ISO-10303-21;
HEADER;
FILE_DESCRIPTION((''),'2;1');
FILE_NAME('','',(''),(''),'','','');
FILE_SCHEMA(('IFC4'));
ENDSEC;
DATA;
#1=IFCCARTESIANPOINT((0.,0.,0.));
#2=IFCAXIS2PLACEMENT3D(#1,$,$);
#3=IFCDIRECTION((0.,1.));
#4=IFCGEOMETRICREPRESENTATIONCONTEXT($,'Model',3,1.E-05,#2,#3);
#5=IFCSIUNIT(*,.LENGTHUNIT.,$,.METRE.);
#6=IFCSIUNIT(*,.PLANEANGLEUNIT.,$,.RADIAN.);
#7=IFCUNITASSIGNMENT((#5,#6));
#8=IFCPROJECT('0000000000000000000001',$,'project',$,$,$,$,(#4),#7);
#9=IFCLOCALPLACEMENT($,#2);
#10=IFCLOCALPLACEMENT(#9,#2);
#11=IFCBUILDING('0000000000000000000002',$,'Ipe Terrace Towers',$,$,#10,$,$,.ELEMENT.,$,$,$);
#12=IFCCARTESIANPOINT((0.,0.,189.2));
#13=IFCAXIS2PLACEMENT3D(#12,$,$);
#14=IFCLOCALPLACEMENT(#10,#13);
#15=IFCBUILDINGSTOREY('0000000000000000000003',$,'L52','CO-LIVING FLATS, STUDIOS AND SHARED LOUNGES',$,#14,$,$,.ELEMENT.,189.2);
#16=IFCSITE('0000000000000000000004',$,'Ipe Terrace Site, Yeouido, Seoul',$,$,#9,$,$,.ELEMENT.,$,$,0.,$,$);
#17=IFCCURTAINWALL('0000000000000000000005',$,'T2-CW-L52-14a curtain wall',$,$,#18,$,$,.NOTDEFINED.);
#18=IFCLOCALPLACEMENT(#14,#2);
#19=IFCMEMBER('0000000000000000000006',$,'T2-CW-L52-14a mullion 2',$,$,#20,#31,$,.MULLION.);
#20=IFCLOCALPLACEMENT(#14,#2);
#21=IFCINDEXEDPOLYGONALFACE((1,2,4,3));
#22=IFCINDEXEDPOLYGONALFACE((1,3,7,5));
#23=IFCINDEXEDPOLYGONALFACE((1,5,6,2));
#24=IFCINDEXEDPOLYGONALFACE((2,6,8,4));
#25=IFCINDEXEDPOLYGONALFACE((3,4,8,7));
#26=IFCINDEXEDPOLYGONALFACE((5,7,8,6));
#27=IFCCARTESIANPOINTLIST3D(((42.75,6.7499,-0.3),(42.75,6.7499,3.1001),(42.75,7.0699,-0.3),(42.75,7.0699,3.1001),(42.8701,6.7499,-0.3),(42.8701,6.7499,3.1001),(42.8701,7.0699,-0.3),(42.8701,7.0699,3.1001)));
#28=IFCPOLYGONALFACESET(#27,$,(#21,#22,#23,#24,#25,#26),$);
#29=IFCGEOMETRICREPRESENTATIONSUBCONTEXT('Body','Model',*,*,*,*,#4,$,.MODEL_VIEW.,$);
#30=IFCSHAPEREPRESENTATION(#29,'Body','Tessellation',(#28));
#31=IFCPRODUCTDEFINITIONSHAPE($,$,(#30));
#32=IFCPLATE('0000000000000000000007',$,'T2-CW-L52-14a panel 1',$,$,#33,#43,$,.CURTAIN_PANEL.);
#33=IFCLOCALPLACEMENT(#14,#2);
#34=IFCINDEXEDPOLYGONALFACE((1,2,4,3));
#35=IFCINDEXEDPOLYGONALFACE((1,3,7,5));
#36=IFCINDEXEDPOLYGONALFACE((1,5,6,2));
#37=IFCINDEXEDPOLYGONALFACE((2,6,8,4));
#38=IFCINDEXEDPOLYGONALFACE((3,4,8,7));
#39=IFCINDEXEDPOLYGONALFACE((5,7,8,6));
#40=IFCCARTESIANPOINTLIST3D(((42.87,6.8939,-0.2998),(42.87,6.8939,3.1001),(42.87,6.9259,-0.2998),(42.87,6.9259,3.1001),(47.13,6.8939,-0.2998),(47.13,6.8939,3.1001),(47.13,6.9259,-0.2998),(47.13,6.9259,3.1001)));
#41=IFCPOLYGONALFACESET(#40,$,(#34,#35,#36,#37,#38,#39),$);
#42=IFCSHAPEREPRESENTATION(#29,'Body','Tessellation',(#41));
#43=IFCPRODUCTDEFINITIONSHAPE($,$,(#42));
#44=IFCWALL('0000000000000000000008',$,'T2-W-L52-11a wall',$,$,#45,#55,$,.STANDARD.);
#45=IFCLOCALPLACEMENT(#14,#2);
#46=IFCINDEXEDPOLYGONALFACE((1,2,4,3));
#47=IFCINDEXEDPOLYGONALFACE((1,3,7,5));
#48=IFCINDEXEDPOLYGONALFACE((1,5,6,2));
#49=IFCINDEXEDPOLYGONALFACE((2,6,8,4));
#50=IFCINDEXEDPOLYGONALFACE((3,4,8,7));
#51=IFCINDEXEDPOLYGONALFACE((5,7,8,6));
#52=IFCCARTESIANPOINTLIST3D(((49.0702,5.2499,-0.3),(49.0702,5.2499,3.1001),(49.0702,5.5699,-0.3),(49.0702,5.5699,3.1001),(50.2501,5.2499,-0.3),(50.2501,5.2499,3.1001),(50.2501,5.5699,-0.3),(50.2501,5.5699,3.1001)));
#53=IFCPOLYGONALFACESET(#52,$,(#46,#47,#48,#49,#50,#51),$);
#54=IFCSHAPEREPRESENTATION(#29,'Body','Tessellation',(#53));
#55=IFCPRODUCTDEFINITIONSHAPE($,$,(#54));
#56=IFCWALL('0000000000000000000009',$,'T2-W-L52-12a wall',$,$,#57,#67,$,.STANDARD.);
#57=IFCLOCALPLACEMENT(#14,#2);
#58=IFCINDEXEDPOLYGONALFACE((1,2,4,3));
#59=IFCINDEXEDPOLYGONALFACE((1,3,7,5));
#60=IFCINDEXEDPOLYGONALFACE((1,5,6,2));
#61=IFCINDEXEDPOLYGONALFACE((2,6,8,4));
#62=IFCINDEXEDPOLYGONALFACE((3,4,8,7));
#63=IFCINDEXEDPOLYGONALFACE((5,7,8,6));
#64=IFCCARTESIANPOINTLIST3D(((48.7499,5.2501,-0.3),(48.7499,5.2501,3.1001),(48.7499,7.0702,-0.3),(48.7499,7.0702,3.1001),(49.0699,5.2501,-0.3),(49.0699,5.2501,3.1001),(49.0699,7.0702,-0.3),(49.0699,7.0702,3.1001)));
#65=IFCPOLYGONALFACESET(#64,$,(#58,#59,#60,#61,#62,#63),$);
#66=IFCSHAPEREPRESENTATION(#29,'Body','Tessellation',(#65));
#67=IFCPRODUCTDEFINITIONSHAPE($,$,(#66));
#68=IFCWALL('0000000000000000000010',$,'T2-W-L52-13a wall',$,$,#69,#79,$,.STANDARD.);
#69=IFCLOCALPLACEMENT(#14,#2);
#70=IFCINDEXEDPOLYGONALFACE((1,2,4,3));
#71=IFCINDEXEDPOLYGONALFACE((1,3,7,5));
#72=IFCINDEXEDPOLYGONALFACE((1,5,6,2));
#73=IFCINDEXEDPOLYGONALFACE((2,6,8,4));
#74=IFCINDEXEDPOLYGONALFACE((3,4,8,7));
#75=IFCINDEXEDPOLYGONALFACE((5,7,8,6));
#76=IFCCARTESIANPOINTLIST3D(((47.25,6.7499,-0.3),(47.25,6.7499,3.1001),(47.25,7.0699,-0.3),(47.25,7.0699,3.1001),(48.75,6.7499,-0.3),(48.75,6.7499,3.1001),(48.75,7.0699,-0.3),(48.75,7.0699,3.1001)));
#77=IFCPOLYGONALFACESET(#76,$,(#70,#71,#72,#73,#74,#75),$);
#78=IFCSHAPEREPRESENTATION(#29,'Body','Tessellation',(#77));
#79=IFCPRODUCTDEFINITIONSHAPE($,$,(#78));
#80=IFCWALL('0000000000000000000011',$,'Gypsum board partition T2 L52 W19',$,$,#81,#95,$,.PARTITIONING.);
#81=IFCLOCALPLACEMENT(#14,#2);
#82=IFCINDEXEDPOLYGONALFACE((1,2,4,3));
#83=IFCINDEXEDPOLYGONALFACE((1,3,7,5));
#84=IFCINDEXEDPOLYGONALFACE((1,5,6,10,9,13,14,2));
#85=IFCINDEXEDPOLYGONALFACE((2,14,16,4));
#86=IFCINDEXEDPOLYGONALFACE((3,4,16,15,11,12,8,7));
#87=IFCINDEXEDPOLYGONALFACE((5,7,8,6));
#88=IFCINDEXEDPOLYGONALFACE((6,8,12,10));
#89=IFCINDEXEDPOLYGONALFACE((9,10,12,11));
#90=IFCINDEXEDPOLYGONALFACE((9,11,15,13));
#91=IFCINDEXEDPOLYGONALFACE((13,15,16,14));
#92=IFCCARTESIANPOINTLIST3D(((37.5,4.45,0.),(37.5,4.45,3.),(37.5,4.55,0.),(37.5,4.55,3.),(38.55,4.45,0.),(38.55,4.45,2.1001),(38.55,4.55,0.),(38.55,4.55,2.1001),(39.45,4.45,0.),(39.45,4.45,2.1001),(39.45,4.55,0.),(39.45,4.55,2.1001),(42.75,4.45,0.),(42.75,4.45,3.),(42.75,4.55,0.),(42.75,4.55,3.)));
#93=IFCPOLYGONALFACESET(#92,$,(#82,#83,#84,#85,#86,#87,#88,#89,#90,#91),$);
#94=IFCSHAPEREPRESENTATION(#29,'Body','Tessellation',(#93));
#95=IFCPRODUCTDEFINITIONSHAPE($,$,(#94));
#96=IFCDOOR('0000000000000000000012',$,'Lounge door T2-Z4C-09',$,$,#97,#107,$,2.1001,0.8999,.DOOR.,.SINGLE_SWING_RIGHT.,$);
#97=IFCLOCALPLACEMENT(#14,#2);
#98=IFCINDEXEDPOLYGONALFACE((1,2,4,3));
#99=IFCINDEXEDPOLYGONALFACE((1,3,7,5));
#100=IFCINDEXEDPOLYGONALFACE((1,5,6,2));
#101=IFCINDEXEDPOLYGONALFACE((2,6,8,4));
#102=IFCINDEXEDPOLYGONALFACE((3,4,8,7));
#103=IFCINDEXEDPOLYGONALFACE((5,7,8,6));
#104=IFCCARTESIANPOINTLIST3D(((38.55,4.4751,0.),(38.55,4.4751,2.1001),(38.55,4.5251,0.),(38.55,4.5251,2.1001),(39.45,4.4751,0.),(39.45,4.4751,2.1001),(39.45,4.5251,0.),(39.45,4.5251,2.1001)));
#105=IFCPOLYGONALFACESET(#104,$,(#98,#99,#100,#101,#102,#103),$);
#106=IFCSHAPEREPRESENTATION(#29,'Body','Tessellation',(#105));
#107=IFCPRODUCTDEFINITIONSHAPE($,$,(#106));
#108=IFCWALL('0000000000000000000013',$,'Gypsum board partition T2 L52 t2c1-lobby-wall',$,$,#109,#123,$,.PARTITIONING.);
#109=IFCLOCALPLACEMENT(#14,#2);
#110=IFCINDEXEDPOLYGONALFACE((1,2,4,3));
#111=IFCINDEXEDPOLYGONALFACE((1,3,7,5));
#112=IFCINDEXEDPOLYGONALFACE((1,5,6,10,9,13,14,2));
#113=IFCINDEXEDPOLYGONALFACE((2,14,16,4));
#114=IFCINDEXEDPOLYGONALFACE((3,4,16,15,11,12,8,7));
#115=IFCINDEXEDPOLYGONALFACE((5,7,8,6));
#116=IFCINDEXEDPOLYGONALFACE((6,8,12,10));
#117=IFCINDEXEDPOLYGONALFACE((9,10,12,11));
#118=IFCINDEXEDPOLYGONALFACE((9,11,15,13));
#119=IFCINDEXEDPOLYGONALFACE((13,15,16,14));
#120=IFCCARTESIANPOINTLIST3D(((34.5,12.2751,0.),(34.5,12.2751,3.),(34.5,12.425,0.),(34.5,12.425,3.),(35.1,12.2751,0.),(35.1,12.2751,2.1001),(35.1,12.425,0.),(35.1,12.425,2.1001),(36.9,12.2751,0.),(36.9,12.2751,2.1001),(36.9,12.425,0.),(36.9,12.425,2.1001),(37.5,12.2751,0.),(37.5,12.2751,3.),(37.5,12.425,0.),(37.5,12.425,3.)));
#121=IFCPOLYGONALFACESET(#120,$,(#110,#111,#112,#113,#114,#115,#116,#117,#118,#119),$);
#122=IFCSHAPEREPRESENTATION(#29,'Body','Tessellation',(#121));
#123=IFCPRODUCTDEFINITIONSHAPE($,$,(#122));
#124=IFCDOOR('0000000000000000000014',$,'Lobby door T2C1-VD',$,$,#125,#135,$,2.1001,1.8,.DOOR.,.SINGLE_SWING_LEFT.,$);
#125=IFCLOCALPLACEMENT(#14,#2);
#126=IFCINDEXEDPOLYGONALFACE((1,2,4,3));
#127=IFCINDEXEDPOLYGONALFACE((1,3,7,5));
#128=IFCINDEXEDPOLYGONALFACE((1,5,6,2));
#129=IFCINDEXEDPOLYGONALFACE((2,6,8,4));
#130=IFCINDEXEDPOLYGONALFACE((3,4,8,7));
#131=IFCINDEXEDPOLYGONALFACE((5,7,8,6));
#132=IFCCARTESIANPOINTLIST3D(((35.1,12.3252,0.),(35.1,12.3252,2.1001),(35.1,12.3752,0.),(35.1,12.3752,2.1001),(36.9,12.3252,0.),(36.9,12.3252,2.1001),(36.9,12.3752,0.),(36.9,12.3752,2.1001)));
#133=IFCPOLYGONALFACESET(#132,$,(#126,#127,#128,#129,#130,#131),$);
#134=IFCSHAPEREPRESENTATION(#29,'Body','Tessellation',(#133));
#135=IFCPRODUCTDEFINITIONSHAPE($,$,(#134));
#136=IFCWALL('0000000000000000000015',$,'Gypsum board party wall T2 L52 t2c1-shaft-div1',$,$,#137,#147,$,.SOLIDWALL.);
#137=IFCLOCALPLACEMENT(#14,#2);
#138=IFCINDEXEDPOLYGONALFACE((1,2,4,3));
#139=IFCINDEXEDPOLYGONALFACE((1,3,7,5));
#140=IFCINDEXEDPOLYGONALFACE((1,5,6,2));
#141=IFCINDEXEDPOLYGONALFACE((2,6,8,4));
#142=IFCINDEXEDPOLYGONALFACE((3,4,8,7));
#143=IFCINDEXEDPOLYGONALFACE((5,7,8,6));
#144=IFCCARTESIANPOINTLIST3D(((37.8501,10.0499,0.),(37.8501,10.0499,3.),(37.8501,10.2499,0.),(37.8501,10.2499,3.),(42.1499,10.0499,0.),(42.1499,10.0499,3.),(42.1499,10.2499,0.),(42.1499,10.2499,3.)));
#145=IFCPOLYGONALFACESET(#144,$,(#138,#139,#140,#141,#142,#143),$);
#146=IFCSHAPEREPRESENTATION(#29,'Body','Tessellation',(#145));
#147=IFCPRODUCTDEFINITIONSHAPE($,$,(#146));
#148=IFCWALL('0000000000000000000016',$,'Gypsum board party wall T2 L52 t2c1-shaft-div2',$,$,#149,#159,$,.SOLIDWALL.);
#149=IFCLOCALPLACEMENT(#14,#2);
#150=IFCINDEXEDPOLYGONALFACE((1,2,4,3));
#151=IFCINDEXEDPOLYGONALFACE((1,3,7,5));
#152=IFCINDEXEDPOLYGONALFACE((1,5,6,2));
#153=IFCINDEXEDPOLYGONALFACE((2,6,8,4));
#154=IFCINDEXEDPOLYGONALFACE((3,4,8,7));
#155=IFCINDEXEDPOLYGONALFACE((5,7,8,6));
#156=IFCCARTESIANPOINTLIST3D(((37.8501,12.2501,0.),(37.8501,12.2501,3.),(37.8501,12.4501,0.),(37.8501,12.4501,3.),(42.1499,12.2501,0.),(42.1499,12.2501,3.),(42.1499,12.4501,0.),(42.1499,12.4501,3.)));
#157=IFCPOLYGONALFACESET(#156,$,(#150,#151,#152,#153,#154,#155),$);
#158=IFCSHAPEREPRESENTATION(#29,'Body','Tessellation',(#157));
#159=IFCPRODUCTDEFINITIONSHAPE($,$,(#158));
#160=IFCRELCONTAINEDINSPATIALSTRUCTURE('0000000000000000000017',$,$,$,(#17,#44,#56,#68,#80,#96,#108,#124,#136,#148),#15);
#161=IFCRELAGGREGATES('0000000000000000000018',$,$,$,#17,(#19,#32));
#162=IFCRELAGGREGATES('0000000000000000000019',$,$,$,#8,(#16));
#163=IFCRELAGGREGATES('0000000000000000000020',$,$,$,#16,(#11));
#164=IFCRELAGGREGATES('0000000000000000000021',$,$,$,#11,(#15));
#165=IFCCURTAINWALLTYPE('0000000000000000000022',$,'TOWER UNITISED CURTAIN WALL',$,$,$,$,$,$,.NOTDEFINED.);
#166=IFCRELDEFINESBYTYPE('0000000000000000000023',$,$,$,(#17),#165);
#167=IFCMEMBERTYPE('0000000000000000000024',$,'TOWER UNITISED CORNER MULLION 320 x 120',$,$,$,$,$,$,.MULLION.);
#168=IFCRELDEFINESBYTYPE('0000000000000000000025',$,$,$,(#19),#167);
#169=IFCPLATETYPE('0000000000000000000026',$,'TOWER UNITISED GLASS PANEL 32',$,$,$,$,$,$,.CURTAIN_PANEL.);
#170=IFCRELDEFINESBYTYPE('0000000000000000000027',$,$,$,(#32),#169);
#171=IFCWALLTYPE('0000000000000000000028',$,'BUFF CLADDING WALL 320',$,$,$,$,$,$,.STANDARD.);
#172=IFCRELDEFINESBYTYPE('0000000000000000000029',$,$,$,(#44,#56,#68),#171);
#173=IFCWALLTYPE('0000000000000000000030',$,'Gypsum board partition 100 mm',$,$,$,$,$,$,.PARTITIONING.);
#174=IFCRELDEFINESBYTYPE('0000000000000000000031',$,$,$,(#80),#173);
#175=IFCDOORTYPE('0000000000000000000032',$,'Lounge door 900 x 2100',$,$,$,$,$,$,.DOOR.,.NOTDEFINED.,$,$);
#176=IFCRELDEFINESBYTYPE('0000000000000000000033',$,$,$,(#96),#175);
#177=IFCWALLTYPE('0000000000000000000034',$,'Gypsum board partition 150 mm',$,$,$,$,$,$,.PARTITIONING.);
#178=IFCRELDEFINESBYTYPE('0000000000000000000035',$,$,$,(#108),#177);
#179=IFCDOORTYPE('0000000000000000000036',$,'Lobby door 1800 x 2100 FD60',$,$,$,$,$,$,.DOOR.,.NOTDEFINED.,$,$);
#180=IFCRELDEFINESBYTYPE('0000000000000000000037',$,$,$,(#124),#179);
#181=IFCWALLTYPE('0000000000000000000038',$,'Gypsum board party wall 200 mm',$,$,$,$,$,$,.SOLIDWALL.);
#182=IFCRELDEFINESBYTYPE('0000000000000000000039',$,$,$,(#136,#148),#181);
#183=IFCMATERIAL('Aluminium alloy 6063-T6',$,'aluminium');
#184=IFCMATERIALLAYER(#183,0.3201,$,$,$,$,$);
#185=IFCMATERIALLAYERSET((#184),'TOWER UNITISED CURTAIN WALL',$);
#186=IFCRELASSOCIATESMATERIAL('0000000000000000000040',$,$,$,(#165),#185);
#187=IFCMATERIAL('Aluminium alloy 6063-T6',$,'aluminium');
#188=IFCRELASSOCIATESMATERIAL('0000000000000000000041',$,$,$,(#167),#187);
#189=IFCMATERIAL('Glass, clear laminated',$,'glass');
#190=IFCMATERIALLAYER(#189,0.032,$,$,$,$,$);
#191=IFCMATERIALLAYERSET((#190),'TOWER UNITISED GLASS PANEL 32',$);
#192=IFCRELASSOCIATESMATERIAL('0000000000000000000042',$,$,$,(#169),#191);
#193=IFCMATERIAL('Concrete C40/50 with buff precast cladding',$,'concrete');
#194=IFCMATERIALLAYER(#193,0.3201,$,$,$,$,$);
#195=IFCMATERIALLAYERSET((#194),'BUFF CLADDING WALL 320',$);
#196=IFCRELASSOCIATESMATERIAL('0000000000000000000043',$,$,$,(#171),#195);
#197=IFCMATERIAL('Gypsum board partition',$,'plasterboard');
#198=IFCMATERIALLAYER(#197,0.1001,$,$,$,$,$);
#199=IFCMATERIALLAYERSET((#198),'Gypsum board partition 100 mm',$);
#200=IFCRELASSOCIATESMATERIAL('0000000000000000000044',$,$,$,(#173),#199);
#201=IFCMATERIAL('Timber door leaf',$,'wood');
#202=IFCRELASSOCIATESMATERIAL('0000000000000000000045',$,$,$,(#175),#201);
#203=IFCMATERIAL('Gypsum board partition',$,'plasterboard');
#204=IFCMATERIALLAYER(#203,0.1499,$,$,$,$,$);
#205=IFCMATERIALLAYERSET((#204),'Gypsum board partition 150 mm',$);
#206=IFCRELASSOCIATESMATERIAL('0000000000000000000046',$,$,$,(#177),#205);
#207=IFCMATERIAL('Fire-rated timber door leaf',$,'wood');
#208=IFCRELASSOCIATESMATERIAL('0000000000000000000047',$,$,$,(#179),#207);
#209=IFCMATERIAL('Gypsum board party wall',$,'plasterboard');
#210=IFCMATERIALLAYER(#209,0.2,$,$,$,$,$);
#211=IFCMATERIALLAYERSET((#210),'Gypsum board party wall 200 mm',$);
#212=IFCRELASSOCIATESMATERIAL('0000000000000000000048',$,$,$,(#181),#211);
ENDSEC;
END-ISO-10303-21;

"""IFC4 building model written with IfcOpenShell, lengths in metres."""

from ifc_helpers import new_model, si_unit, direction, frame, frame_2d, origin, origin_2d, place, context, subcontext, project, spatial, rectangle, extrude, material, layer, layer_set, material_profile, profile_set, type_object, element, fill, aggregate, save


model = new_model("IFC4")

# Units and contexts
model_context = context("Model", 3, precision=1e-05, world=origin(), true_north=direction((0.0, 1.0)))
body_context = subcontext(model_context, "Body", "Model", "MODEL_VIEW")
ifc_project = project(units=[si_unit("LENGTHUNIT", "METRE"), si_unit("PLANEANGLEUNIT", "RADIAN")], contexts=[model_context])

# Site, building, storey
site_placement = place(None, origin())
site = spatial("IfcSite", under=ifc_project, at=site_placement, Name="Ipe Terrace Site, Yeouido, Seoul", CompositionType="ELEMENT", RefElevation=0.0)
building_placement = place(site_placement, origin())
building = spatial("IfcBuilding", under=site, at=building_placement, Name="Ipe Terrace Towers", CompositionType="ELEMENT")
storey_placement = place(building_placement, frame((0.0, 0.0, 189.2)))
storey = spatial("IfcBuildingStorey", under=building, at=storey_placement, Name="L52", Description="CO-LIVING FLATS, STUDIOS AND SHARED LOUNGES", CompositionType="ELEMENT", Elevation=189.2)

# Curtain wall, member, plate
ifc_material_1 = material(Name="Aluminium alloy 6063-T6", Category="aluminium")
ifc_layer_1 = layer(ifc_material_1, 0.3201)
ifc_layer_set_1 = layer_set([ifc_layer_1], Name="TOWER UNITISED CURTAIN WALL")
curtain_wall_type = type_object("IfcCurtainWallType", Name="TOWER UNITISED CURTAIN WALL", PredefinedType="NOTDEFINED", material=ifc_layer_set_1)
curtain_wall_placement = place(storey_placement, origin())
curtain_wall = element("IfcCurtainWall", 1, at=curtain_wall_placement, inside=storey, type_object=curtain_wall_type, Name="T2-CW-L52-14a curtain wall", PredefinedType="NOTDEFINED")
ifc_material_2 = material(Name="Aluminium alloy 6063-T6", Category="aluminium")
ifc_material_profile_1 = material_profile(ifc_material_2, rectangle(XDim=0.3201, YDim=0.1201, at=origin_2d()), Name="TOWER UNITISED CORNER MULLION 320 x 120")
ifc_profile_set_1 = profile_set([ifc_material_profile_1], Name="Aluminium alloy 6063-T6")
member_type = type_object("IfcMemberType", Name="TOWER UNITISED CORNER MULLION 320 x 120", PredefinedType="MULLION", material=ifc_profile_set_1)
member_1_placement = place(storey_placement, frame((42.8101, 6.9099, -0.3), z_axis=(0.0, 0.0, 1.0), x_axis=(0.0, 1.0, 0.0)))
member_1 = element("IfcMember", 2, at=member_1_placement, type_object=member_type, Name="T2-CW-L52-14a mullion 2", PredefinedType="MULLION", context=body_context, shape_type="SweptSolid", body=[
    extrude(rectangle(XDim=0.3201, YDim=0.1201, at=origin_2d()), origin(), (0.0, 0.0, 1.0), 3.4001),
])
ifc_material_3 = material(Name="Glass, clear laminated", Category="glass")
ifc_layer_2 = layer(ifc_material_3, 0.032)
ifc_layer_set_2 = layer_set([ifc_layer_2], Name="TOWER UNITISED GLASS PANEL 32")
plate_type = type_object("IfcPlateType", Name="TOWER UNITISED GLASS PANEL 32", PredefinedType="CURTAIN_PANEL", material=ifc_layer_set_2)
plate_placement = place(storey_placement, frame((45.0, 6.9099, -0.2998), z_axis=(0.0, 0.0, 1.0), x_axis=(-1.0, 0.0, 0.0)))
plate = element("IfcPlate", 3, at=plate_placement, type_object=plate_type, Name="T2-CW-L52-14a panel 1", PredefinedType="CURTAIN_PANEL", context=body_context, shape_type="SweptSolid", body=[
    extrude(rectangle(XDim=4.26, YDim=0.032, at=origin_2d()), origin(), (0.0, 0.0, 1.0), 3.3999),
])
aggregate(curtain_wall, [member_1, plate])

# Walls
ifc_material_4 = material(Name="Concrete C40/50 with buff precast cladding", Category="concrete")
ifc_layer_3 = layer(ifc_material_4, 0.3201)
ifc_layer_set_3 = layer_set([ifc_layer_3], Name="BUFF CLADDING WALL 320")
wall_type_1 = type_object("IfcWallType", Name="BUFF CLADDING WALL 320", PredefinedType="STANDARD", material=ifc_layer_set_3)
wall_1_placement = place(storey_placement, frame((50.25, 5.4099, -0.3), z_axis=(0.0, 0.0, 1.0), x_axis=(-1.0, 0.0, 0.0)))
element("IfcWall", 4, at=wall_1_placement, inside=storey, type_object=wall_type_1, Name="T2-W-L52-11a wall", PredefinedType="STANDARD", context=body_context, shape_type="SweptSolid", body=[
    extrude(rectangle(XDim=1.1799, YDim=0.3201, at=frame_2d((0.5898, 0.0))), origin(), (0.0, 0.0, 1.0), 3.4001),
])
wall_2_placement = place(storey_placement, frame((48.9099, 5.25, -0.3), z_axis=(0.0, 0.0, 1.0), x_axis=(0.0, 1.0, 0.0)))
element("IfcWall", 5, at=wall_2_placement, inside=storey, type_object=wall_type_1, Name="T2-W-L52-12a wall", PredefinedType="STANDARD", context=body_context, shape_type="SweptSolid", body=[
    extrude(rectangle(XDim=1.8201, YDim=0.3201, at=frame_2d((0.9102, 0.0))), origin(), (0.0, 0.0, 1.0), 3.4001),
])
wall_3_placement = place(storey_placement, frame((48.75, 6.9099, -0.3), z_axis=(0.0, 0.0, 1.0), x_axis=(-1.0, 0.0, 0.0)))
element("IfcWall", 6, at=wall_3_placement, inside=storey, type_object=wall_type_1, Name="T2-W-L52-13a wall", PredefinedType="STANDARD", context=body_context, shape_type="SweptSolid", body=[
    extrude(rectangle(XDim=1.5, YDim=0.3201, at=frame_2d((0.75, 0.0))), origin(), (0.0, 0.0, 1.0), 3.4001),
])

# Walls, openings, doors
ifc_material_5 = material(Name="Gypsum board partition", Category="plasterboard")
ifc_layer_4 = layer(ifc_material_5, 0.1001)
ifc_layer_set_4 = layer_set([ifc_layer_4], Name="Gypsum board partition 100 mm")
wall_type_2 = type_object("IfcWallType", Name="Gypsum board partition 100 mm", PredefinedType="PARTITIONING", material=ifc_layer_set_4)
wall_4_placement = place(storey_placement, frame((42.75, 4.5, 0.0), z_axis=(0.0, 0.0, 1.0), x_axis=(-1.0, 0.0, 0.0)))
wall_4 = element("IfcWall", 7, at=wall_4_placement, inside=storey, type_object=wall_type_2, Name="Gypsum board partition T2 L52 W19", PredefinedType="PARTITIONING", context=body_context, shape_type="SweptSolid", body=[
    extrude(rectangle(XDim=5.25, YDim=0.1001, at=frame_2d((2.625, 0.0))), origin(), (0.0, 0.0, 1.0), 3.0),
])
opening_1_placement = place(wall_4_placement, frame((3.3, 0.0, 0.0)))
opening_1 = element("IfcOpeningElement", 8, at=opening_1_placement, cuts=wall_4, PredefinedType="OPENING", context=body_context, shape_type="SweptSolid", body=[
    extrude(rectangle(XDim=0.8999, YDim=2.1001, at=frame_2d((0.45, 1.05))), frame((0.0, 0.0601, 0.0), z_axis=(0.0, -1.0, 0.0), x_axis=(1.0, 0.0, 0.0)), (0.0, 0.0, 1.0), 0.1201),
])
ifc_material_6 = material(Name="Timber door leaf", Category="wood")
door_type_1 = type_object("IfcDoorType", Name="Lounge door 900 x 2100", OperationType="NOTDEFINED", PredefinedType="DOOR", material=ifc_material_6)
door_1_placement = place(opening_1_placement, origin())
door_1 = element("IfcDoor", 9, at=door_1_placement, inside=storey, type_object=door_type_1, Name="Lounge door T2-Z4C-09", OperationType="SINGLE_SWING_RIGHT", OverallHeight=2.1001, OverallWidth=0.8999, PredefinedType="DOOR", context=body_context, shape_type="SweptSolid", body=[
    extrude(rectangle(XDim=0.8999, YDim=2.1001, at=frame_2d((0.45, 1.05))), frame((0.0, 0.0249, 0.0), z_axis=(0.0, -1.0, 0.0), x_axis=(1.0, 0.0, 0.0)), (0.0, 0.0, 1.0), 0.05),
])
fill(opening_1, door_1)
ifc_material_7 = material(Name="Gypsum board partition", Category="plasterboard")
ifc_layer_5 = layer(ifc_material_7, 0.1499)
ifc_layer_set_5 = layer_set([ifc_layer_5], Name="Gypsum board partition 150 mm")
wall_type_3 = type_object("IfcWallType", Name="Gypsum board partition 150 mm", PredefinedType="PARTITIONING", material=ifc_layer_set_5)
wall_5_placement = place(storey_placement, frame((37.5, 12.3501, 0.0), z_axis=(0.0, 0.0, 1.0), x_axis=(-1.0, 0.0, 0.0)))
wall_5 = element("IfcWall", 10, at=wall_5_placement, inside=storey, type_object=wall_type_3, Name="Gypsum board partition T2 L52 t2c1-lobby-wall", PredefinedType="PARTITIONING", context=body_context, shape_type="SweptSolid", body=[
    extrude(rectangle(XDim=3.0, YDim=0.1499, at=frame_2d((1.5, 0.0))), origin(), (0.0, 0.0, 1.0), 3.0),
])
opening_2_placement = place(wall_5_placement, frame((0.6001, 0.0, 0.0)))
opening_2 = element("IfcOpeningElement", 11, at=opening_2_placement, cuts=wall_5, PredefinedType="OPENING", context=body_context, shape_type="SweptSolid", body=[
    extrude(rectangle(XDim=1.8, YDim=2.1001, at=frame_2d((0.8999, 1.05))), frame((0.0, 0.085, 0.0), z_axis=(0.0, -1.0, 0.0), x_axis=(1.0, 0.0, 0.0)), (0.0, 0.0, 1.0), 0.1699),
])
ifc_material_8 = material(Name="Fire-rated timber door leaf", Category="wood")
door_type_2 = type_object("IfcDoorType", Name="Lobby door 1800 x 2100 FD60", OperationType="NOTDEFINED", PredefinedType="DOOR", material=ifc_material_8)
door_2_placement = place(opening_2_placement, origin())
door_2 = element("IfcDoor", 12, at=door_2_placement, inside=storey, type_object=door_type_2, Name="Lobby door T2C1-VD", OperationType="SINGLE_SWING_LEFT", OverallHeight=2.1001, OverallWidth=1.8, PredefinedType="DOOR", context=body_context, shape_type="SweptSolid", body=[
    extrude(rectangle(XDim=1.8, YDim=2.1001, at=frame_2d((0.8999, 1.05))), frame((0.0, 0.0249, 0.0), z_axis=(0.0, -1.0, 0.0), x_axis=(1.0, 0.0, 0.0)), (0.0, 0.0, 1.0), 0.05),
])
fill(opening_2, door_2)

# Walls
ifc_material_9 = material(Name="Gypsum board party wall", Category="plasterboard")
ifc_layer_6 = layer(ifc_material_9, 0.2)
ifc_layer_set_6 = layer_set([ifc_layer_6], Name="Gypsum board party wall 200 mm")
wall_type_4 = type_object("IfcWallType", Name="Gypsum board party wall 200 mm", PredefinedType="SOLIDWALL", material=ifc_layer_set_6)
for number, where, z_axis, x_axis, name in (
    (13, (42.1499, 10.1499, 0.0), (0.0, 0.0, 1.0), (-1.0, 0.0, 0.0), "Gypsum board party wall T2 L52 t2c1-shaft-div1"),
    (14, (42.1499, 12.3501, 0.0), (0.0, 0.0, 1.0), (-1.0, 0.0, 0.0), "Gypsum board party wall T2 L52 t2c1-shaft-div2"),
):
    element("IfcWall", number, at=place(storey_placement, frame(where, z_axis=z_axis, x_axis=x_axis)), inside=storey, type_object=wall_type_4, Name=name, PredefinedType="SOLIDWALL", context=body_context, shape_type="SweptSolid", body=[
        extrude(rectangle(XDim=4.2998, YDim=0.2, at=frame_2d((2.1499, 0.0))), origin(), (0.0, 0.0, 1.0), 3.0),
    ])

save(model, "model.ifc")
